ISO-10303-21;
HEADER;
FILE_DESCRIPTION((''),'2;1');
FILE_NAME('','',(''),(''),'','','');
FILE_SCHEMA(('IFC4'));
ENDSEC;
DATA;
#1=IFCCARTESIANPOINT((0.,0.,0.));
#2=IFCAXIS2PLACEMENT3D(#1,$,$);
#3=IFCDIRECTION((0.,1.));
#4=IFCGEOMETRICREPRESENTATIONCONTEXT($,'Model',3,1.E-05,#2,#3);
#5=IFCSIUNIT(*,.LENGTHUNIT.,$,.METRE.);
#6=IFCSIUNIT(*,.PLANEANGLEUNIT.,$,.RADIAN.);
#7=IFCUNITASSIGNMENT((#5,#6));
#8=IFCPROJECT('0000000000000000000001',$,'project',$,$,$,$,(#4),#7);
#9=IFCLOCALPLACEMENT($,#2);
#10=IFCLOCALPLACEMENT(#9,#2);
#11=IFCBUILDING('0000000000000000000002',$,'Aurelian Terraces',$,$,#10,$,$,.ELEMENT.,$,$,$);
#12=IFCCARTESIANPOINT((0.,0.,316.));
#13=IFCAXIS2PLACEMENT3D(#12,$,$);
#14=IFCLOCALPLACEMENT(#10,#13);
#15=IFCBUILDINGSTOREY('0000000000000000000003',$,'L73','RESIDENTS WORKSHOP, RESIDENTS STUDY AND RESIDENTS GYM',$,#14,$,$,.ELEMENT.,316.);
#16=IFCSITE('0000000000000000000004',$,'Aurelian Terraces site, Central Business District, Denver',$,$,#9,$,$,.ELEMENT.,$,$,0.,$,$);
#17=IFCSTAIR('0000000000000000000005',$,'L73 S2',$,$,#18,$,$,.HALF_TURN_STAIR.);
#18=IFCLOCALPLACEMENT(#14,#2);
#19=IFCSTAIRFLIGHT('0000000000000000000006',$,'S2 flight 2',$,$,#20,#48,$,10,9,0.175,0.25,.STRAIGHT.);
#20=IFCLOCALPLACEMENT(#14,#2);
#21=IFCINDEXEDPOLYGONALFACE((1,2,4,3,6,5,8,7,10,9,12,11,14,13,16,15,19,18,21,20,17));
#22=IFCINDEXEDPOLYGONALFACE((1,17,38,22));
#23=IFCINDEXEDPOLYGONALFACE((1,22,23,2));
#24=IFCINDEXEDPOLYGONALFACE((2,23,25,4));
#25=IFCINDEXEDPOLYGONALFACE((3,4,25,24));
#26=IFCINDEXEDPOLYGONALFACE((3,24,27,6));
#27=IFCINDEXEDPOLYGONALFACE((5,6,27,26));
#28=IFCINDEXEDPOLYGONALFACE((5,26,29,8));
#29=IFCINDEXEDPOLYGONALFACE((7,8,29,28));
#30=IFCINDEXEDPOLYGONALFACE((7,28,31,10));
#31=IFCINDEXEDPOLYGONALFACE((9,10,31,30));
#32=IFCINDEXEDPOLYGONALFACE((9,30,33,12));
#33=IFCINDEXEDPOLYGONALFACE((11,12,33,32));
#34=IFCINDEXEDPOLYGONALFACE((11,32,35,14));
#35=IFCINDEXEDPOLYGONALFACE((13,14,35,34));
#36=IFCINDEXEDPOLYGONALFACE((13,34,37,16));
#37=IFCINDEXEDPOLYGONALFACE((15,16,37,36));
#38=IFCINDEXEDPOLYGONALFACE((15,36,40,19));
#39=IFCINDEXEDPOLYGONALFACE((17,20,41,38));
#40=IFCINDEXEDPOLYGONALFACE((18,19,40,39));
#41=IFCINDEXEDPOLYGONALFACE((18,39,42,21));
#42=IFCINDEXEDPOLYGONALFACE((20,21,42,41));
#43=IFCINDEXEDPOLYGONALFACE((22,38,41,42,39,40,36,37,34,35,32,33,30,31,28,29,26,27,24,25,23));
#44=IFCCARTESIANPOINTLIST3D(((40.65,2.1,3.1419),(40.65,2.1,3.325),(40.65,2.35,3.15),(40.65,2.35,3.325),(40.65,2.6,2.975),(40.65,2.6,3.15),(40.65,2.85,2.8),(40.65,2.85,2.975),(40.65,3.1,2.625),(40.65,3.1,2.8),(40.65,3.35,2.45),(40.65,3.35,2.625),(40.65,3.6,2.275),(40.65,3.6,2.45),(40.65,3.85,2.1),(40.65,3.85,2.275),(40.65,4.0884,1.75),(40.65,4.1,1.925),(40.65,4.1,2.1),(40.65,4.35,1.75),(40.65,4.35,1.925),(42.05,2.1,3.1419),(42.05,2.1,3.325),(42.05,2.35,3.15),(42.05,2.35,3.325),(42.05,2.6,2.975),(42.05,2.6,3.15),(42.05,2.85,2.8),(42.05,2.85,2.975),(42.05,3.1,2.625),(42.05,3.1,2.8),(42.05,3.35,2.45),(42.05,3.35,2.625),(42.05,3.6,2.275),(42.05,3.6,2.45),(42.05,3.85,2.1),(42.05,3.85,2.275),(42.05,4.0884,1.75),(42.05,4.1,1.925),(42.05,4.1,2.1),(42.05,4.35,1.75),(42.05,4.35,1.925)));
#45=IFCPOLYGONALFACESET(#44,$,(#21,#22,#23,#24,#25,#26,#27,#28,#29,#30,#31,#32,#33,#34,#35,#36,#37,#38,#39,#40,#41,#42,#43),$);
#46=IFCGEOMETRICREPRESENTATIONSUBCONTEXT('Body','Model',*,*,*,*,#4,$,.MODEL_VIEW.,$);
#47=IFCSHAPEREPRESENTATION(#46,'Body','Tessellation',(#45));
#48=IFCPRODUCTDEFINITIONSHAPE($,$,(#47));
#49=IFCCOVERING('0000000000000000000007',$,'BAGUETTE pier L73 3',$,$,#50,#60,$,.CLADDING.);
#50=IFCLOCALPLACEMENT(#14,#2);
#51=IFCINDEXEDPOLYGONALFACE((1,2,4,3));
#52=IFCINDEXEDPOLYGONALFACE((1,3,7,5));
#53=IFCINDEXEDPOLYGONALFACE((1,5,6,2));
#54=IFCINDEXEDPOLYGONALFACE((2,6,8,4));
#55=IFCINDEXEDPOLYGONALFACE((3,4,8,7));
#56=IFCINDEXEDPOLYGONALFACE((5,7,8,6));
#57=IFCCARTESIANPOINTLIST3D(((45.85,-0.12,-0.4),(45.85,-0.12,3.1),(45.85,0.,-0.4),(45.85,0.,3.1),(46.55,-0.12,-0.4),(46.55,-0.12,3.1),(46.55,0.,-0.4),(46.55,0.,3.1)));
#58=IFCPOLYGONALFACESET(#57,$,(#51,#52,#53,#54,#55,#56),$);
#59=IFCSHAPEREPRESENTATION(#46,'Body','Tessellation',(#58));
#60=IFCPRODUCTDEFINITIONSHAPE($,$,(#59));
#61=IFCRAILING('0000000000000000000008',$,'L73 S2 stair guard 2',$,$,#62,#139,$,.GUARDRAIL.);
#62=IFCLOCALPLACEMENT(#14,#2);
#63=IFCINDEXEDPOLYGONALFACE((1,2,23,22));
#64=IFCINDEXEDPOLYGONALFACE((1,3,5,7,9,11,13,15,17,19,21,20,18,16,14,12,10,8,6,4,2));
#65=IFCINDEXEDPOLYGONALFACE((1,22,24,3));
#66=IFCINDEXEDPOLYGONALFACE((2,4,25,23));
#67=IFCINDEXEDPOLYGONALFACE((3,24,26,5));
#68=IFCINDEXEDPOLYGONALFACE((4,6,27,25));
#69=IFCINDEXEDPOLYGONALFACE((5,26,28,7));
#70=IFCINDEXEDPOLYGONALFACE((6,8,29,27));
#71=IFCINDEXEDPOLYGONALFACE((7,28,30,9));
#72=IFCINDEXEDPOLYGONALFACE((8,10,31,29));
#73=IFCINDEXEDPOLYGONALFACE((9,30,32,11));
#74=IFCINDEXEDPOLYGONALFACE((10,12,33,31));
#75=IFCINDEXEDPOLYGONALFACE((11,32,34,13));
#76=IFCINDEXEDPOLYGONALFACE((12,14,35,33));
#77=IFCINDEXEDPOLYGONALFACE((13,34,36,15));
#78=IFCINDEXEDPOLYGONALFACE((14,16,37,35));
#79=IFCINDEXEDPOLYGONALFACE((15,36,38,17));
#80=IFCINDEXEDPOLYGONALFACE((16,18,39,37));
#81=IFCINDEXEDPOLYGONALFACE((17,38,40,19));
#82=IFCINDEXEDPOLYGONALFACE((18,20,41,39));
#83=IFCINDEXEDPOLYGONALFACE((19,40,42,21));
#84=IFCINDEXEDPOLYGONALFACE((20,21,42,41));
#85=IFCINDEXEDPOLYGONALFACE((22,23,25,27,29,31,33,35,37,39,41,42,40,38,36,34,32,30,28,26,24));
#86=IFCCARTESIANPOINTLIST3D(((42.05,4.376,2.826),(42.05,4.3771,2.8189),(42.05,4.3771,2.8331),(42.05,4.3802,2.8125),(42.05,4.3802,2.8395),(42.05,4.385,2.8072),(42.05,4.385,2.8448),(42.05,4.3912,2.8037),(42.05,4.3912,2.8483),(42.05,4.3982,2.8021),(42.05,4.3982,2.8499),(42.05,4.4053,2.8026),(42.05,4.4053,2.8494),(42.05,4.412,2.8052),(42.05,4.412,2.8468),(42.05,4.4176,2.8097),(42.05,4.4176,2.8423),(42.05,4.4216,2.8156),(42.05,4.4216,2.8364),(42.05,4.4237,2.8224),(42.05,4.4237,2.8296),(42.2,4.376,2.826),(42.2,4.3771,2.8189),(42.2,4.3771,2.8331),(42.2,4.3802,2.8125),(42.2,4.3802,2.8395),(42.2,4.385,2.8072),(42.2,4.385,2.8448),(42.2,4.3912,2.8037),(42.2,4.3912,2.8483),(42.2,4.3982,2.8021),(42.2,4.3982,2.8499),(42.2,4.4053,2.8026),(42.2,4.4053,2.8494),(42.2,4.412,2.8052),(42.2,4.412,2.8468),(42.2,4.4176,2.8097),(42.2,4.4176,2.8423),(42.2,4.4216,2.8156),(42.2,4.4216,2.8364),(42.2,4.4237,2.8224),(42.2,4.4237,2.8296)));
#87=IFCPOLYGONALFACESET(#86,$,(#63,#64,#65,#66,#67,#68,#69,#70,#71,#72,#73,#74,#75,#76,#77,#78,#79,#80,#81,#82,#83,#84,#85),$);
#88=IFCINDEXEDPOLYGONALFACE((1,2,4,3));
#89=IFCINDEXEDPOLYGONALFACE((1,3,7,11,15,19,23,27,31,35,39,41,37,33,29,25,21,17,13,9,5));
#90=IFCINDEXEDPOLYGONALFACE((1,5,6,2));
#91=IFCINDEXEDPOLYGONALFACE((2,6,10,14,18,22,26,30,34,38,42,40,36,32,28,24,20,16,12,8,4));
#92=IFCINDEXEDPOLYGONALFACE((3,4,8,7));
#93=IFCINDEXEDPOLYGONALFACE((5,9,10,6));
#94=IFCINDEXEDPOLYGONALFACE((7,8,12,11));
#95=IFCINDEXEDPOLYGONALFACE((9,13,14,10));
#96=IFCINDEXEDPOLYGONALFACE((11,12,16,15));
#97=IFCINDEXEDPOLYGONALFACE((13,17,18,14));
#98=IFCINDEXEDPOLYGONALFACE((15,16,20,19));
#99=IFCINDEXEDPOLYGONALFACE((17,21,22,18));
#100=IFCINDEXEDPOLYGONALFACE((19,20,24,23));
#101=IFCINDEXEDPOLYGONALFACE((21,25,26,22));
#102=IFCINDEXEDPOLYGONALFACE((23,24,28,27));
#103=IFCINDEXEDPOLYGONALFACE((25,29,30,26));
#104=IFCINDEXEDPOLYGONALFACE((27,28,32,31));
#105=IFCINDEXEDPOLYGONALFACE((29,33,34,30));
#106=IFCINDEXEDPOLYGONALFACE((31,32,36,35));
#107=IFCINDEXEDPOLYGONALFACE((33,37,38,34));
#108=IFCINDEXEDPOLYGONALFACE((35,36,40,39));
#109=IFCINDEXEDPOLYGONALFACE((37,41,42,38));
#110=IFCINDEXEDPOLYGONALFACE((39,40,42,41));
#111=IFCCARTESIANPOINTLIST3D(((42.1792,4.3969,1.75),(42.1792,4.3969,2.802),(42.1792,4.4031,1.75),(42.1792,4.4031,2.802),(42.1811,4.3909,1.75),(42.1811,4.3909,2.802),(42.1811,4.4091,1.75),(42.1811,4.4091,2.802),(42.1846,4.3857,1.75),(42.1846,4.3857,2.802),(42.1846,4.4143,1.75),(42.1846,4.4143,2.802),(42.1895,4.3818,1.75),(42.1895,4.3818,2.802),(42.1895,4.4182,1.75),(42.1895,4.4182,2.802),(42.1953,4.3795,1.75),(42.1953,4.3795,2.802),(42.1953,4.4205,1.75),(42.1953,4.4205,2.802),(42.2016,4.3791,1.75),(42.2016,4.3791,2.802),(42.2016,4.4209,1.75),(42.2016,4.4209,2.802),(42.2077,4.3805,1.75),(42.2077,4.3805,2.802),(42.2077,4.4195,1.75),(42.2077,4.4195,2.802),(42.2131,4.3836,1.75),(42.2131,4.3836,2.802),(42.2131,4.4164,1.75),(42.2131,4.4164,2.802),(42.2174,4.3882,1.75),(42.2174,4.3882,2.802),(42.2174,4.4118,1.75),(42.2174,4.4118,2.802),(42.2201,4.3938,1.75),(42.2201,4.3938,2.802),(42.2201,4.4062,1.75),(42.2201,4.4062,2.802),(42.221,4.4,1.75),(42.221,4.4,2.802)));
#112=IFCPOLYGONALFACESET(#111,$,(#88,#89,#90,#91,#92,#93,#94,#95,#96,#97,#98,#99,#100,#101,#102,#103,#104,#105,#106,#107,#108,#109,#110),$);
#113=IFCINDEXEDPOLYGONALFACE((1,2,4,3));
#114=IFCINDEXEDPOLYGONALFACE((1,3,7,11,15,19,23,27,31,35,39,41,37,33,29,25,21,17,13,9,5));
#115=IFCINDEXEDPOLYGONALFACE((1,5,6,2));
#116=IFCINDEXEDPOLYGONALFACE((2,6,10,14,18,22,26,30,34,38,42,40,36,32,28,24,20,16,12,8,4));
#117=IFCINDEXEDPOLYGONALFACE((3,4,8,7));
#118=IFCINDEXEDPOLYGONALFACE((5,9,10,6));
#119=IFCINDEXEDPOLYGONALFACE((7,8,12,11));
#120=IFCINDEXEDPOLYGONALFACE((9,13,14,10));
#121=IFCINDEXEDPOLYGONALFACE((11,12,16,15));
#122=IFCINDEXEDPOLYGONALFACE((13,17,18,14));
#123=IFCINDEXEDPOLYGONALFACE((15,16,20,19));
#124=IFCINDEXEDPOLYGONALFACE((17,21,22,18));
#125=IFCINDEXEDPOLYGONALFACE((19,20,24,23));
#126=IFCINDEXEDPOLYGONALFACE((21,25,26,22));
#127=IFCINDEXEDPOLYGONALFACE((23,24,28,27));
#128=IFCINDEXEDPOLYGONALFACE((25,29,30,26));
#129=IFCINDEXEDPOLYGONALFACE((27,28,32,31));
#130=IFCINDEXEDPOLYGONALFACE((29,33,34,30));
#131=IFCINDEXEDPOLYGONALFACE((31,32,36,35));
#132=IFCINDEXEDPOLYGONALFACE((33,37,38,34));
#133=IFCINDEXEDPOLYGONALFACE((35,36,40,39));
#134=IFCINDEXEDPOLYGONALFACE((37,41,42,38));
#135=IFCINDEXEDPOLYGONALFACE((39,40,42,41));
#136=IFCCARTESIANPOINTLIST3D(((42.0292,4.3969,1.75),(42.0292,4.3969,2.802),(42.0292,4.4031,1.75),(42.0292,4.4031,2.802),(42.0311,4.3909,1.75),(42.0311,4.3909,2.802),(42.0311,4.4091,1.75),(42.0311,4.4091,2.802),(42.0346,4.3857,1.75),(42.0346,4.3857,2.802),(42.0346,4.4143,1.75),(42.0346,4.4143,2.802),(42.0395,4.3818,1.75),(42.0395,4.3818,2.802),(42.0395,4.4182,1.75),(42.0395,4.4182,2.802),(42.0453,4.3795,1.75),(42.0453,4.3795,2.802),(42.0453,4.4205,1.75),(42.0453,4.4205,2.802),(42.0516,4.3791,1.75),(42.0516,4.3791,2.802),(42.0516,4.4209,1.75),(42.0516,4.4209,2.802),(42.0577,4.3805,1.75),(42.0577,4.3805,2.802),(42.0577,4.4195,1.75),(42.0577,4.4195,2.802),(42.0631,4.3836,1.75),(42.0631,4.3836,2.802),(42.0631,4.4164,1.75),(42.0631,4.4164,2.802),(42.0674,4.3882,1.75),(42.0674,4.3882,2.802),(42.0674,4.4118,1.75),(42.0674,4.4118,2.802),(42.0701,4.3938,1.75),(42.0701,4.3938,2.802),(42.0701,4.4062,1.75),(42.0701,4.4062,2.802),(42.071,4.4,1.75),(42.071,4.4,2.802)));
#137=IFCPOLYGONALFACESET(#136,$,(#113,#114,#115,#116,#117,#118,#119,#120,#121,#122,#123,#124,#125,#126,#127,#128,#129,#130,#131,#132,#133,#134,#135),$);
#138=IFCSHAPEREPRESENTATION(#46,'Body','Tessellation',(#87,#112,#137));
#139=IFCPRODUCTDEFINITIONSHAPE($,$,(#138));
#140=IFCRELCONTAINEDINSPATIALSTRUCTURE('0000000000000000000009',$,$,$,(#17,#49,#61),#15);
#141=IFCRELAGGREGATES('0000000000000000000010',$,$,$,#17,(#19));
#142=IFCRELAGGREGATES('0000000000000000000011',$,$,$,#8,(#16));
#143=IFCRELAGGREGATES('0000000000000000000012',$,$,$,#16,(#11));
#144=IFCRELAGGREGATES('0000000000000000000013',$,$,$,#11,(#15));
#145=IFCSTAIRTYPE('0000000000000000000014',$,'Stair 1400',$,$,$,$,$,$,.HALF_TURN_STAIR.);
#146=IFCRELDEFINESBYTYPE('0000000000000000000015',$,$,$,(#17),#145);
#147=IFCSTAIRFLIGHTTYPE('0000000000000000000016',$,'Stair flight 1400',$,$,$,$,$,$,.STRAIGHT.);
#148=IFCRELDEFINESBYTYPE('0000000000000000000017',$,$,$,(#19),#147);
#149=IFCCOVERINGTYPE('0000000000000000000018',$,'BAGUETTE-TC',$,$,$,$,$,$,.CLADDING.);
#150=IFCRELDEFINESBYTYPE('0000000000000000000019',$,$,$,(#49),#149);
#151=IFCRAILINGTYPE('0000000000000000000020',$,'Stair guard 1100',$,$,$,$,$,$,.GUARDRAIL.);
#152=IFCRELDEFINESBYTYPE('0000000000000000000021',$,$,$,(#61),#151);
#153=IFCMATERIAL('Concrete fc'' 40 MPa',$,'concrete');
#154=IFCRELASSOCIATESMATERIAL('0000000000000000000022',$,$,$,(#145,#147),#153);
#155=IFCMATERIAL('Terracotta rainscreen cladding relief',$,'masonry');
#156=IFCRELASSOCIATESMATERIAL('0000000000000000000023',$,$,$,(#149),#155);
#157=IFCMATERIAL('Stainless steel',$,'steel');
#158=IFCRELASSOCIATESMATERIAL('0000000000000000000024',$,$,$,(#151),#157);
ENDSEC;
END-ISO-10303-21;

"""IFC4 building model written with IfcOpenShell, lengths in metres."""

from ifc_helpers import new_model, si_unit, direction, frame, origin, origin_2d, place, context, subcontext, project, spatial, polyline, rectangle, circle, outline, extrude, source, transform, mapped, material, type_object, element, aggregate, save


model = new_model("IFC4")

# Units and contexts
model_context = context("Model", 3, precision=1e-05, world=origin(), true_north=direction((0.0, 1.0)))
body_context = subcontext(model_context, "Body", "Model", "MODEL_VIEW")
ifc_project = project(units=[si_unit("LENGTHUNIT", "METRE"), si_unit("PLANEANGLEUNIT", "RADIAN")], contexts=[model_context])

# Site, building, storey
site_placement = place(None, origin())
site = spatial("IfcSite", under=ifc_project, at=site_placement, Name="Aurelian Terraces site, Central Business District, Denver", CompositionType="ELEMENT", RefElevation=0.0)
building_placement = place(site_placement, origin())
building = spatial("IfcBuilding", under=site, at=building_placement, Name="Aurelian Terraces", CompositionType="ELEMENT")
storey_placement = place(building_placement, frame((0.0, 0.0, 316.0)))
storey = spatial("IfcBuildingStorey", under=building, at=storey_placement, Name="L73", Description="RESIDENTS WORKSHOP, RESIDENTS STUDY AND RESIDENTS GYM", CompositionType="ELEMENT", Elevation=316.0)

# Shared definitions
ifc_material_1 = material(Name="Concrete fc' 40 MPa", Category="concrete")

# Stair, stair flight
stair_type = type_object("IfcStairType", Name="Stair 1400", PredefinedType="HALF_TURN_STAIR", material=ifc_material_1)
stair_placement = place(storey_placement, origin())
stair = element("IfcStair", 1, at=stair_placement, inside=storey, type_object=stair_type, Name="L73 S2", PredefinedType="HALF_TURN_STAIR")
stair_flight_type = type_object("IfcStairFlightType", Name="Stair flight 1400", PredefinedType="STRAIGHT", material=ifc_material_1)
shared_shape_1 = source(origin(), body_context, "Body", "SweptSolid", [
    extrude(outline(polyline([(0.0, 0.0), (0.0, 0.175), (0.25, 0.175), (0.25, 0.35), (0.5, 0.35), (0.5, 0.525), (0.75, 0.525), (0.75, 0.7), (1.0, 0.7), (1.0, 0.875), (1.25, 0.875), (1.25, 1.05), (1.5, 1.05), (1.5, 1.225), (1.75, 1.225), (1.75, 1.4), (2.0, 1.4), (2.0, 1.575), (2.25, 1.575), (2.25, 1.75), (2.25, 1.3919), (0.2616, 0.0), (0.0, 0.0)])), frame((0.0, 0.7, 0.0), z_axis=(0.0, -1.0, 0.0), x_axis=(1.0, 0.0, 0.0)), (0.0, 0.0, 1.0), 1.4),
])
stair_flight_1_placement = place(storey_placement, frame((41.35, 4.35, 1.75), z_axis=(0.0, 0.0, 1.0), x_axis=(0.0, -1.0, 0.0)))
stair_flight_1 = element("IfcStairFlight", 2, at=stair_flight_1_placement, type_object=stair_flight_type, Name="S2 flight 2", NumberOfRisers=10, NumberOfTreads=9, PredefinedType="STRAIGHT", RiserHeight=0.175, TreadLength=0.25, context=body_context, shape_type="MappedRepresentation", body=[
    mapped(shared_shape_1, transform((0.0, 0.0, 0.0), scale=1.0)),
])
aggregate(stair, [stair_flight_1])

# Covering
ifc_material_2 = material(Name="Terracotta rainscreen cladding relief", Category="masonry")
covering_type = type_object("IfcCoveringType", Name="BAGUETTE-TC", PredefinedType="CLADDING", material=ifc_material_2)
shared_shape_2 = source(origin(), body_context, "Body", "SweptSolid", [
    extrude(rectangle(XDim=0.7, YDim=0.12, at=origin_2d()), origin(), (0.0, 0.0, 1.0), 3.5),
])
covering_placement = place(storey_placement, frame((46.2, -0.06, -0.4), z_axis=(0.0, 0.0, 1.0), x_axis=(1.0, 0.0, 0.0)))
element("IfcCovering", 3, at=covering_placement, inside=storey, type_object=covering_type, Name="BAGUETTE pier L73 3", PredefinedType="CLADDING", context=body_context, shape_type="MappedRepresentation", body=[
    mapped(shared_shape_2, transform((0.0, 0.0, 0.0), scale=1.0)),
])

# Railing
ifc_material_3 = material(Name="Stainless steel", Category="steel")
railing_type_1 = type_object("IfcRailingType", Name="Stair guard 1100", PredefinedType="GUARDRAIL", material=ifc_material_3)
shared_shape_3 = source(origin(), body_context, "Body", "SweptSolid", [
    extrude(circle(Radius=0.024, at=origin_2d()), frame((0.0, 0.0, 1.076), z_axis=(-1.0, 0.0, 0.0), x_axis=(0.0, -1.0, 0.0)), (0.0, 0.0, 1.0), 0.15),
    extrude(circle(Radius=0.021, at=origin_2d()), origin(), (0.0, 0.0, 1.0), 1.052),
    extrude(circle(Radius=0.021, at=origin_2d()), frame((-0.15, 0.0, 0.0)), (0.0, 0.0, 1.0), 1.052),
])
for number, where, name in (
    (4, (42.2, 4.4, 1.75), "L73 S2 stair guard 2"),
):
    element("IfcRailing", number, at=place(storey_placement, frame(where)), inside=storey, type_object=railing_type_1, Name=name, PredefinedType="GUARDRAIL", context=body_context, shape_type="MappedRepresentation", body=[
        mapped(shared_shape_3, transform((0.0, 0.0, 0.0), scale=1.0)),
    ])

save(model, "model.ifc")
